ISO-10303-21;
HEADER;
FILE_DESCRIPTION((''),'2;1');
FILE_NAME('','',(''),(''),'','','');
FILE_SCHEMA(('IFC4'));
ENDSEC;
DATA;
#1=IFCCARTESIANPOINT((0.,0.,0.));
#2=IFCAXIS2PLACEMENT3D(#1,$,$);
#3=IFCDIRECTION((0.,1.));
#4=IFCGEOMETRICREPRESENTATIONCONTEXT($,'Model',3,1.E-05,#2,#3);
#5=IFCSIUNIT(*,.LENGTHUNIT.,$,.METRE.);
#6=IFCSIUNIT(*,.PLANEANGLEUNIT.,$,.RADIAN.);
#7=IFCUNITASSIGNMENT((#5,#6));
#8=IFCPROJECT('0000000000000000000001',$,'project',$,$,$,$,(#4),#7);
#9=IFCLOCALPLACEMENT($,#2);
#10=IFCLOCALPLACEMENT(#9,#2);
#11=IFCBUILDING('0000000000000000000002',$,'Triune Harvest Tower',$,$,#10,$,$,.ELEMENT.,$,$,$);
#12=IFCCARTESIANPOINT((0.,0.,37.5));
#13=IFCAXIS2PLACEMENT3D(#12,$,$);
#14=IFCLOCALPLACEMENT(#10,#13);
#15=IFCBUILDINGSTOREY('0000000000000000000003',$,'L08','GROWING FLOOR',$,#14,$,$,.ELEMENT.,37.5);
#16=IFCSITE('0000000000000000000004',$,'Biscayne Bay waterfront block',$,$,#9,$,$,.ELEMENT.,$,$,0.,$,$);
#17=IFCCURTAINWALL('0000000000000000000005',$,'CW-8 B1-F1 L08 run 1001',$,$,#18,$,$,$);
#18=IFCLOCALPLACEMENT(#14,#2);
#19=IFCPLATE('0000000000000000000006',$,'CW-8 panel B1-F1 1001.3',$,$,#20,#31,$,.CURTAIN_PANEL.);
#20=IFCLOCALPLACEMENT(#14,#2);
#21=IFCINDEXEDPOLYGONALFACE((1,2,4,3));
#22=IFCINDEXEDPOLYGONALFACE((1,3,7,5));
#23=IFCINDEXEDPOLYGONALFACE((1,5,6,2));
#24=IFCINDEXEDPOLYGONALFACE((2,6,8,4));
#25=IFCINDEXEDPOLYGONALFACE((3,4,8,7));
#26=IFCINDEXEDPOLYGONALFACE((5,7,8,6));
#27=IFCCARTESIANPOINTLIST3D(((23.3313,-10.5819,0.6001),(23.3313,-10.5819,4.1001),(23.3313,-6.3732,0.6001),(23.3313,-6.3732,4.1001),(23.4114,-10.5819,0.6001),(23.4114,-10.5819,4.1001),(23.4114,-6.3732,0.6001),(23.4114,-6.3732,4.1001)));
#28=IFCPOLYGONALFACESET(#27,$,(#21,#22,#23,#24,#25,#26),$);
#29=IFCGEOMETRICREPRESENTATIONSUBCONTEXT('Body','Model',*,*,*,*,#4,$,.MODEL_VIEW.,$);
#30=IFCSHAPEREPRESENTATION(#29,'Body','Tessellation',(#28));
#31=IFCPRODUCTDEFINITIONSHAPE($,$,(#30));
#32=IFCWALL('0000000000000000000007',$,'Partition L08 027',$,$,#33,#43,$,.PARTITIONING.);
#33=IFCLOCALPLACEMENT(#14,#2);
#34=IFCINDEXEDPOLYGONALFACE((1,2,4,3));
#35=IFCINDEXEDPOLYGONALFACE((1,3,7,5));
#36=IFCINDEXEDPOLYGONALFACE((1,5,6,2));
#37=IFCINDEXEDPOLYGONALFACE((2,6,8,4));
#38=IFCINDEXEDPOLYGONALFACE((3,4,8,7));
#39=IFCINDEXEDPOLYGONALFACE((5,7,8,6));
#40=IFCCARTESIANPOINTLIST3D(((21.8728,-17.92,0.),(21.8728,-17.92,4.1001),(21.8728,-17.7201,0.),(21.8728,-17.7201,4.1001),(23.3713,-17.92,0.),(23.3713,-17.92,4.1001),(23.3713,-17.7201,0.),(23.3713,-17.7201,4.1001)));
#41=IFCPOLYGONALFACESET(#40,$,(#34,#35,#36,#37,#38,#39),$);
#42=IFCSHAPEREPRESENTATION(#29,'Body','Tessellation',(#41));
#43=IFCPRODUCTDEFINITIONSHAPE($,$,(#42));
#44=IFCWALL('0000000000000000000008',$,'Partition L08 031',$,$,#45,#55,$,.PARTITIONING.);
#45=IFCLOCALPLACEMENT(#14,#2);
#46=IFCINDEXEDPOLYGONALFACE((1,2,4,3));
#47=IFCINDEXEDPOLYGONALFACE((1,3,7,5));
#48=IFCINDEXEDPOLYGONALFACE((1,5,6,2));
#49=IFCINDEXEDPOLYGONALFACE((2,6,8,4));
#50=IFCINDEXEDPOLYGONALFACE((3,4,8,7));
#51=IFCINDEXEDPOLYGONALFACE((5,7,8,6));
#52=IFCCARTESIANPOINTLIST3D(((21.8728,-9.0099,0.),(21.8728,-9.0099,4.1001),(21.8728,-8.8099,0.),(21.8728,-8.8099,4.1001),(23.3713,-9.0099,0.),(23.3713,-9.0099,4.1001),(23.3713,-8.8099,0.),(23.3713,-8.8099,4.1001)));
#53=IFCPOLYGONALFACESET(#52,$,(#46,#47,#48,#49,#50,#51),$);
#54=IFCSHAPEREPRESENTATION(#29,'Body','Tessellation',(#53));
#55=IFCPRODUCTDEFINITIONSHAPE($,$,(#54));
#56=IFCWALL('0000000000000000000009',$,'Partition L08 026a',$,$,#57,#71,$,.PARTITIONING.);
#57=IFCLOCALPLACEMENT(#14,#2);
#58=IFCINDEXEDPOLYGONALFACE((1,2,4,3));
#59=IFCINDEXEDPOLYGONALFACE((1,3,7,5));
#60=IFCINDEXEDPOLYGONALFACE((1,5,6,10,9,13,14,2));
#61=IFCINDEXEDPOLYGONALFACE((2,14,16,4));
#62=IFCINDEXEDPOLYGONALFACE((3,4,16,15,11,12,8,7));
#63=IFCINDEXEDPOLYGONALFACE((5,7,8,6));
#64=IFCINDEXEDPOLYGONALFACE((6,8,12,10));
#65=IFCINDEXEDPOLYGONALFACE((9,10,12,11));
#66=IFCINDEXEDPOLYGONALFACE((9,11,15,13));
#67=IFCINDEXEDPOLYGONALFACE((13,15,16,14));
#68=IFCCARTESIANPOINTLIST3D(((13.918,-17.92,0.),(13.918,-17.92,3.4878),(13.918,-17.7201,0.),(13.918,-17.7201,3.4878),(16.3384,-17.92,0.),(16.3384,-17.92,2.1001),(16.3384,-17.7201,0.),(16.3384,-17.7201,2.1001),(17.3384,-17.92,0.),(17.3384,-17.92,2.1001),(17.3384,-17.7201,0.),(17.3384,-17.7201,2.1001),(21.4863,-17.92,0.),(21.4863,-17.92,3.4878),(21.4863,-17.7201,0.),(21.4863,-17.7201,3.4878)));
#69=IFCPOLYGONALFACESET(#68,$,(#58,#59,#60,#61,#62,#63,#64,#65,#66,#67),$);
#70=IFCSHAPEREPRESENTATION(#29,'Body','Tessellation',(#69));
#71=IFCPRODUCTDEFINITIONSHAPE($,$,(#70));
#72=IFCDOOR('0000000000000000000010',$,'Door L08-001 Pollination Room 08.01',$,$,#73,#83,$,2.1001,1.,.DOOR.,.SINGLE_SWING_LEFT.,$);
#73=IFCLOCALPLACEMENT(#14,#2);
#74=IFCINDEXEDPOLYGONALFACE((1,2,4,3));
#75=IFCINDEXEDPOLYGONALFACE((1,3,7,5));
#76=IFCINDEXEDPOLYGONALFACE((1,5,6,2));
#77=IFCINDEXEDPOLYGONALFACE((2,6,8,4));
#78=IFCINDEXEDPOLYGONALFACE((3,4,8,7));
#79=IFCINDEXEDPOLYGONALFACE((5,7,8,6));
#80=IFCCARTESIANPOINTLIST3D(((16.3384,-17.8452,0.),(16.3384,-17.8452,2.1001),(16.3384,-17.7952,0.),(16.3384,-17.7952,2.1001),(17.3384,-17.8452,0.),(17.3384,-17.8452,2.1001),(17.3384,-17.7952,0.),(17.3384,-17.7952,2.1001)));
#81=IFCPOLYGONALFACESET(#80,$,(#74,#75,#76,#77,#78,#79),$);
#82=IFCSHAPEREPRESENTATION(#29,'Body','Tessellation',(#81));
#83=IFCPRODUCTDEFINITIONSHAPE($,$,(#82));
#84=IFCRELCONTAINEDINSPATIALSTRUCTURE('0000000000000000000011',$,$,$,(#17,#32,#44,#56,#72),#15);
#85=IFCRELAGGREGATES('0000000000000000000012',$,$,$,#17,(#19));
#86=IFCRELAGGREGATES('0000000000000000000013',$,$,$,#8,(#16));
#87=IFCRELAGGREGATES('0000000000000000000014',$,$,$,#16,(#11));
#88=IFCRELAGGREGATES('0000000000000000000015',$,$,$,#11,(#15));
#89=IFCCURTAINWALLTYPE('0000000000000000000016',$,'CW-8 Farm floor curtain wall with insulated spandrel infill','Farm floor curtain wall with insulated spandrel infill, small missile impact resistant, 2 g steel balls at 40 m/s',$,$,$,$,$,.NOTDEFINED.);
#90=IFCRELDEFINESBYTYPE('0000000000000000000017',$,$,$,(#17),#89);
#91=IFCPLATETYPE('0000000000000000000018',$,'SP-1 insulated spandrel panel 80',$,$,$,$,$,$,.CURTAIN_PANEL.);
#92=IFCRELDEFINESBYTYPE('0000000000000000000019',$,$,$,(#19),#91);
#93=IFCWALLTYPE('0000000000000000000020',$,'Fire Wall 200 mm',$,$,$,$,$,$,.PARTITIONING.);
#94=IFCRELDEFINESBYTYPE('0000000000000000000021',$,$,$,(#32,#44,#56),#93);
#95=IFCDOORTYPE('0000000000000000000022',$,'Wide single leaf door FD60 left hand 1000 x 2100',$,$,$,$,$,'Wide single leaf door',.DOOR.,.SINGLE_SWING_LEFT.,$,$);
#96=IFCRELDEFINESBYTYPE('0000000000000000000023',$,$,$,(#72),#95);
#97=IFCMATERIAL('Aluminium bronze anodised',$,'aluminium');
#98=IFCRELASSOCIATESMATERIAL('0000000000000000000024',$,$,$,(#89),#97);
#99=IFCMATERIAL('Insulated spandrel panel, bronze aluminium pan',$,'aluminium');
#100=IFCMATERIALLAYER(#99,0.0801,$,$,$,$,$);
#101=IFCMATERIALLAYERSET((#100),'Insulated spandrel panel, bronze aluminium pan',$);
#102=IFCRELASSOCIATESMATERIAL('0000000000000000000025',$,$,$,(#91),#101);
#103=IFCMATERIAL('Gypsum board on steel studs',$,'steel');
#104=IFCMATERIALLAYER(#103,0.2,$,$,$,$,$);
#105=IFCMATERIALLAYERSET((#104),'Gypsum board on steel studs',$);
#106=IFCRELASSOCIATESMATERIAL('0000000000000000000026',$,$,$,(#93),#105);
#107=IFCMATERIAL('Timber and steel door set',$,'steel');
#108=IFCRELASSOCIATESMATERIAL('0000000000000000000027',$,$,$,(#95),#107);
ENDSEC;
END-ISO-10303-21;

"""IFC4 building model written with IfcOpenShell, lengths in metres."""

from ifc_helpers import new_model, si_unit, direction, frame, frame_2d, origin, origin_2d, place, context, subcontext, project, spatial, rectangle, extrude, source, transform, mapped, material, layer, layer_set, type_object, element, fill, aggregate, save


model = new_model("IFC4")

# Units and contexts
model_context = context("Model", 3, precision=1e-05, world=origin(), true_north=direction((0.0, 1.0)))
body_context = subcontext(model_context, "Body", "Model", "MODEL_VIEW")
ifc_project = project(units=[si_unit("LENGTHUNIT", "METRE"), si_unit("PLANEANGLEUNIT", "RADIAN")], contexts=[model_context])

# Site, building, storey
site_placement = place(None, origin())
site = spatial("IfcSite", under=ifc_project, at=site_placement, Name="Biscayne Bay waterfront block", CompositionType="ELEMENT", RefElevation=0.0)
building_placement = place(site_placement, origin())
building = spatial("IfcBuilding", under=site, at=building_placement, Name="Triune Harvest Tower", CompositionType="ELEMENT")
storey_placement = place(building_placement, frame((0.0, 0.0, 37.5)))
storey = spatial("IfcBuildingStorey", under=building, at=storey_placement, Name="L08", Description="GROWING FLOOR", CompositionType="ELEMENT", Elevation=37.5)

# Curtain wall
ifc_material_1 = material(Name="Aluminium bronze anodised", Category="aluminium")
curtain_wall_type_1 = type_object("IfcCurtainWallType", Name="CW-8 Farm floor curtain wall with insulated spandrel infill", Description="Farm floor curtain wall with insulated spandrel infill, small missile impact resistant, 2 g steel balls at 40 m/s", PredefinedType="NOTDEFINED", material=ifc_material_1)
curtain_wall_1_placement = place(storey_placement, origin())
curtain_wall_1 = element("IfcCurtainWall", 1, at=curtain_wall_1_placement, inside=storey, type_object=curtain_wall_type_1, Name="CW-8 B1-F1 L08 run 1001")

# Plate
ifc_material_2 = material(Name="Insulated spandrel panel, bronze aluminium pan", Category="aluminium")
ifc_layer_1 = layer(ifc_material_2, 0.0801)
ifc_layer_set_1 = layer_set([ifc_layer_1], Name="Insulated spandrel panel, bronze aluminium pan")
plate_type = type_object("IfcPlateType", Name="SP-1 insulated spandrel panel 80", PredefinedType="CURTAIN_PANEL", material=ifc_layer_set_1)
shared_shape_1 = source(origin(), body_context, "Body", "SweptSolid", [
    extrude(rectangle(XDim=4.2087, YDim=0.0801, at=origin_2d()), origin(), (0.0, 0.0, 1.0), 3.5),
])
plate_1_placement = place(storey_placement, frame((23.3713, -8.4775, 0.6001), z_axis=(0.0, 0.0, 1.0), x_axis=(0.0, 1.0, 0.0)))
plate_1 = element("IfcPlate", 2, at=plate_1_placement, type_object=plate_type, Name="CW-8 panel B1-F1 1001.3", PredefinedType="CURTAIN_PANEL", context=body_context, shape_type="MappedRepresentation", body=[
    mapped(shared_shape_1, transform((0.0, 0.0, 0.0), scale=1.0)),
])
aggregate(curtain_wall_1, [plate_1])

# Walls
ifc_material_3 = material(Name="Gypsum board on steel studs", Category="steel")
ifc_layer_2 = layer(ifc_material_3, 0.2)
ifc_layer_set_2 = layer_set([ifc_layer_2], Name="Gypsum board on steel studs")
wall_type = type_object("IfcWallType", Name="Fire Wall 200 mm", PredefinedType="PARTITIONING", material=ifc_layer_set_2)
shared_shape_2 = source(origin(), body_context, "Body", "SweptSolid", [
    extrude(rectangle(XDim=1.4985, YDim=0.2, at=frame_2d((0.7493, 0.0))), origin(), (0.0, 0.0, 1.0), 4.1001),
])
for number, where, z_axis, x_axis, name in (
    (3, (21.8728, -17.8201, 0.0), (0.0, 0.0, 1.0), (1.0, 0.0, 0.0), "Partition L08 027"),
    (4, (21.8728, -8.9099, 0.0), (0.0, 0.0, 1.0), (1.0, 0.0, 0.0), "Partition L08 031"),
):
    element("IfcWall", number, at=place(storey_placement, frame(where, z_axis=z_axis, x_axis=x_axis)), inside=storey, type_object=wall_type, Name=name, PredefinedType="PARTITIONING", context=body_context, shape_type="MappedRepresentation", body=[
        mapped(shared_shape_2, transform((0.0, 0.0, 0.0), scale=1.0)),
    ])

# Wall, opening, door
shared_shape_3 = source(origin(), body_context, "Body", "SweptSolid", [
    extrude(rectangle(XDim=7.5684, YDim=0.2, at=frame_2d((3.7842, 0.0))), origin(), (0.0, 0.0, 1.0), 3.4878),
])
wall_placement = place(storey_placement, frame((13.918, -17.8201, 0.0), z_axis=(0.0, 0.0, 1.0), x_axis=(1.0, 0.0, 0.0)))
wall = element("IfcWall", 5, at=wall_placement, inside=storey, type_object=wall_type, Name="Partition L08 026a", PredefinedType="PARTITIONING", context=body_context, shape_type="MappedRepresentation", body=[
    mapped(shared_shape_3, transform((0.0, 0.0, 0.0), scale=1.0)),
])
opening_placement = place(wall_placement, frame((2.4204, 0.0, 0.0)))
opening = element("IfcOpeningElement", 6, at=opening_placement, cuts=wall, PredefinedType="OPENING", context=body_context, shape_type="SweptSolid", body=[
    extrude(rectangle(XDim=1.0, YDim=2.1001, at=frame_2d((0.5, 1.05))), frame((0.0, 0.1099, 0.0), z_axis=(0.0, -1.0, 0.0), x_axis=(1.0, 0.0, 0.0)), (0.0, 0.0, 1.0), 0.22),
])
ifc_material_4 = material(Name="Timber and steel door set", Category="steel")
door_type = type_object("IfcDoorType", Name="Wide single leaf door FD60 left hand 1000 x 2100", ElementType="Wide single leaf door", OperationType="SINGLE_SWING_LEFT", PredefinedType="DOOR", material=ifc_material_4)
door_placement = place(opening_placement, origin())
door = element("IfcDoor", 7, at=door_placement, inside=storey, type_object=door_type, Name="Door L08-001 Pollination Room 08.01", OperationType="SINGLE_SWING_LEFT", OverallHeight=2.1001, OverallWidth=1.0, PredefinedType="DOOR", context=body_context, shape_type="SweptSolid", body=[
    extrude(rectangle(XDim=1.0, YDim=2.1001, at=frame_2d((0.5, 1.05))), frame((0.0, 0.0249, 0.0), z_axis=(0.0, -1.0, 0.0), x_axis=(1.0, 0.0, 0.0)), (0.0, 0.0, 1.0), 0.05),
])
fill(opening, door)

save(model, "model.ifc")
